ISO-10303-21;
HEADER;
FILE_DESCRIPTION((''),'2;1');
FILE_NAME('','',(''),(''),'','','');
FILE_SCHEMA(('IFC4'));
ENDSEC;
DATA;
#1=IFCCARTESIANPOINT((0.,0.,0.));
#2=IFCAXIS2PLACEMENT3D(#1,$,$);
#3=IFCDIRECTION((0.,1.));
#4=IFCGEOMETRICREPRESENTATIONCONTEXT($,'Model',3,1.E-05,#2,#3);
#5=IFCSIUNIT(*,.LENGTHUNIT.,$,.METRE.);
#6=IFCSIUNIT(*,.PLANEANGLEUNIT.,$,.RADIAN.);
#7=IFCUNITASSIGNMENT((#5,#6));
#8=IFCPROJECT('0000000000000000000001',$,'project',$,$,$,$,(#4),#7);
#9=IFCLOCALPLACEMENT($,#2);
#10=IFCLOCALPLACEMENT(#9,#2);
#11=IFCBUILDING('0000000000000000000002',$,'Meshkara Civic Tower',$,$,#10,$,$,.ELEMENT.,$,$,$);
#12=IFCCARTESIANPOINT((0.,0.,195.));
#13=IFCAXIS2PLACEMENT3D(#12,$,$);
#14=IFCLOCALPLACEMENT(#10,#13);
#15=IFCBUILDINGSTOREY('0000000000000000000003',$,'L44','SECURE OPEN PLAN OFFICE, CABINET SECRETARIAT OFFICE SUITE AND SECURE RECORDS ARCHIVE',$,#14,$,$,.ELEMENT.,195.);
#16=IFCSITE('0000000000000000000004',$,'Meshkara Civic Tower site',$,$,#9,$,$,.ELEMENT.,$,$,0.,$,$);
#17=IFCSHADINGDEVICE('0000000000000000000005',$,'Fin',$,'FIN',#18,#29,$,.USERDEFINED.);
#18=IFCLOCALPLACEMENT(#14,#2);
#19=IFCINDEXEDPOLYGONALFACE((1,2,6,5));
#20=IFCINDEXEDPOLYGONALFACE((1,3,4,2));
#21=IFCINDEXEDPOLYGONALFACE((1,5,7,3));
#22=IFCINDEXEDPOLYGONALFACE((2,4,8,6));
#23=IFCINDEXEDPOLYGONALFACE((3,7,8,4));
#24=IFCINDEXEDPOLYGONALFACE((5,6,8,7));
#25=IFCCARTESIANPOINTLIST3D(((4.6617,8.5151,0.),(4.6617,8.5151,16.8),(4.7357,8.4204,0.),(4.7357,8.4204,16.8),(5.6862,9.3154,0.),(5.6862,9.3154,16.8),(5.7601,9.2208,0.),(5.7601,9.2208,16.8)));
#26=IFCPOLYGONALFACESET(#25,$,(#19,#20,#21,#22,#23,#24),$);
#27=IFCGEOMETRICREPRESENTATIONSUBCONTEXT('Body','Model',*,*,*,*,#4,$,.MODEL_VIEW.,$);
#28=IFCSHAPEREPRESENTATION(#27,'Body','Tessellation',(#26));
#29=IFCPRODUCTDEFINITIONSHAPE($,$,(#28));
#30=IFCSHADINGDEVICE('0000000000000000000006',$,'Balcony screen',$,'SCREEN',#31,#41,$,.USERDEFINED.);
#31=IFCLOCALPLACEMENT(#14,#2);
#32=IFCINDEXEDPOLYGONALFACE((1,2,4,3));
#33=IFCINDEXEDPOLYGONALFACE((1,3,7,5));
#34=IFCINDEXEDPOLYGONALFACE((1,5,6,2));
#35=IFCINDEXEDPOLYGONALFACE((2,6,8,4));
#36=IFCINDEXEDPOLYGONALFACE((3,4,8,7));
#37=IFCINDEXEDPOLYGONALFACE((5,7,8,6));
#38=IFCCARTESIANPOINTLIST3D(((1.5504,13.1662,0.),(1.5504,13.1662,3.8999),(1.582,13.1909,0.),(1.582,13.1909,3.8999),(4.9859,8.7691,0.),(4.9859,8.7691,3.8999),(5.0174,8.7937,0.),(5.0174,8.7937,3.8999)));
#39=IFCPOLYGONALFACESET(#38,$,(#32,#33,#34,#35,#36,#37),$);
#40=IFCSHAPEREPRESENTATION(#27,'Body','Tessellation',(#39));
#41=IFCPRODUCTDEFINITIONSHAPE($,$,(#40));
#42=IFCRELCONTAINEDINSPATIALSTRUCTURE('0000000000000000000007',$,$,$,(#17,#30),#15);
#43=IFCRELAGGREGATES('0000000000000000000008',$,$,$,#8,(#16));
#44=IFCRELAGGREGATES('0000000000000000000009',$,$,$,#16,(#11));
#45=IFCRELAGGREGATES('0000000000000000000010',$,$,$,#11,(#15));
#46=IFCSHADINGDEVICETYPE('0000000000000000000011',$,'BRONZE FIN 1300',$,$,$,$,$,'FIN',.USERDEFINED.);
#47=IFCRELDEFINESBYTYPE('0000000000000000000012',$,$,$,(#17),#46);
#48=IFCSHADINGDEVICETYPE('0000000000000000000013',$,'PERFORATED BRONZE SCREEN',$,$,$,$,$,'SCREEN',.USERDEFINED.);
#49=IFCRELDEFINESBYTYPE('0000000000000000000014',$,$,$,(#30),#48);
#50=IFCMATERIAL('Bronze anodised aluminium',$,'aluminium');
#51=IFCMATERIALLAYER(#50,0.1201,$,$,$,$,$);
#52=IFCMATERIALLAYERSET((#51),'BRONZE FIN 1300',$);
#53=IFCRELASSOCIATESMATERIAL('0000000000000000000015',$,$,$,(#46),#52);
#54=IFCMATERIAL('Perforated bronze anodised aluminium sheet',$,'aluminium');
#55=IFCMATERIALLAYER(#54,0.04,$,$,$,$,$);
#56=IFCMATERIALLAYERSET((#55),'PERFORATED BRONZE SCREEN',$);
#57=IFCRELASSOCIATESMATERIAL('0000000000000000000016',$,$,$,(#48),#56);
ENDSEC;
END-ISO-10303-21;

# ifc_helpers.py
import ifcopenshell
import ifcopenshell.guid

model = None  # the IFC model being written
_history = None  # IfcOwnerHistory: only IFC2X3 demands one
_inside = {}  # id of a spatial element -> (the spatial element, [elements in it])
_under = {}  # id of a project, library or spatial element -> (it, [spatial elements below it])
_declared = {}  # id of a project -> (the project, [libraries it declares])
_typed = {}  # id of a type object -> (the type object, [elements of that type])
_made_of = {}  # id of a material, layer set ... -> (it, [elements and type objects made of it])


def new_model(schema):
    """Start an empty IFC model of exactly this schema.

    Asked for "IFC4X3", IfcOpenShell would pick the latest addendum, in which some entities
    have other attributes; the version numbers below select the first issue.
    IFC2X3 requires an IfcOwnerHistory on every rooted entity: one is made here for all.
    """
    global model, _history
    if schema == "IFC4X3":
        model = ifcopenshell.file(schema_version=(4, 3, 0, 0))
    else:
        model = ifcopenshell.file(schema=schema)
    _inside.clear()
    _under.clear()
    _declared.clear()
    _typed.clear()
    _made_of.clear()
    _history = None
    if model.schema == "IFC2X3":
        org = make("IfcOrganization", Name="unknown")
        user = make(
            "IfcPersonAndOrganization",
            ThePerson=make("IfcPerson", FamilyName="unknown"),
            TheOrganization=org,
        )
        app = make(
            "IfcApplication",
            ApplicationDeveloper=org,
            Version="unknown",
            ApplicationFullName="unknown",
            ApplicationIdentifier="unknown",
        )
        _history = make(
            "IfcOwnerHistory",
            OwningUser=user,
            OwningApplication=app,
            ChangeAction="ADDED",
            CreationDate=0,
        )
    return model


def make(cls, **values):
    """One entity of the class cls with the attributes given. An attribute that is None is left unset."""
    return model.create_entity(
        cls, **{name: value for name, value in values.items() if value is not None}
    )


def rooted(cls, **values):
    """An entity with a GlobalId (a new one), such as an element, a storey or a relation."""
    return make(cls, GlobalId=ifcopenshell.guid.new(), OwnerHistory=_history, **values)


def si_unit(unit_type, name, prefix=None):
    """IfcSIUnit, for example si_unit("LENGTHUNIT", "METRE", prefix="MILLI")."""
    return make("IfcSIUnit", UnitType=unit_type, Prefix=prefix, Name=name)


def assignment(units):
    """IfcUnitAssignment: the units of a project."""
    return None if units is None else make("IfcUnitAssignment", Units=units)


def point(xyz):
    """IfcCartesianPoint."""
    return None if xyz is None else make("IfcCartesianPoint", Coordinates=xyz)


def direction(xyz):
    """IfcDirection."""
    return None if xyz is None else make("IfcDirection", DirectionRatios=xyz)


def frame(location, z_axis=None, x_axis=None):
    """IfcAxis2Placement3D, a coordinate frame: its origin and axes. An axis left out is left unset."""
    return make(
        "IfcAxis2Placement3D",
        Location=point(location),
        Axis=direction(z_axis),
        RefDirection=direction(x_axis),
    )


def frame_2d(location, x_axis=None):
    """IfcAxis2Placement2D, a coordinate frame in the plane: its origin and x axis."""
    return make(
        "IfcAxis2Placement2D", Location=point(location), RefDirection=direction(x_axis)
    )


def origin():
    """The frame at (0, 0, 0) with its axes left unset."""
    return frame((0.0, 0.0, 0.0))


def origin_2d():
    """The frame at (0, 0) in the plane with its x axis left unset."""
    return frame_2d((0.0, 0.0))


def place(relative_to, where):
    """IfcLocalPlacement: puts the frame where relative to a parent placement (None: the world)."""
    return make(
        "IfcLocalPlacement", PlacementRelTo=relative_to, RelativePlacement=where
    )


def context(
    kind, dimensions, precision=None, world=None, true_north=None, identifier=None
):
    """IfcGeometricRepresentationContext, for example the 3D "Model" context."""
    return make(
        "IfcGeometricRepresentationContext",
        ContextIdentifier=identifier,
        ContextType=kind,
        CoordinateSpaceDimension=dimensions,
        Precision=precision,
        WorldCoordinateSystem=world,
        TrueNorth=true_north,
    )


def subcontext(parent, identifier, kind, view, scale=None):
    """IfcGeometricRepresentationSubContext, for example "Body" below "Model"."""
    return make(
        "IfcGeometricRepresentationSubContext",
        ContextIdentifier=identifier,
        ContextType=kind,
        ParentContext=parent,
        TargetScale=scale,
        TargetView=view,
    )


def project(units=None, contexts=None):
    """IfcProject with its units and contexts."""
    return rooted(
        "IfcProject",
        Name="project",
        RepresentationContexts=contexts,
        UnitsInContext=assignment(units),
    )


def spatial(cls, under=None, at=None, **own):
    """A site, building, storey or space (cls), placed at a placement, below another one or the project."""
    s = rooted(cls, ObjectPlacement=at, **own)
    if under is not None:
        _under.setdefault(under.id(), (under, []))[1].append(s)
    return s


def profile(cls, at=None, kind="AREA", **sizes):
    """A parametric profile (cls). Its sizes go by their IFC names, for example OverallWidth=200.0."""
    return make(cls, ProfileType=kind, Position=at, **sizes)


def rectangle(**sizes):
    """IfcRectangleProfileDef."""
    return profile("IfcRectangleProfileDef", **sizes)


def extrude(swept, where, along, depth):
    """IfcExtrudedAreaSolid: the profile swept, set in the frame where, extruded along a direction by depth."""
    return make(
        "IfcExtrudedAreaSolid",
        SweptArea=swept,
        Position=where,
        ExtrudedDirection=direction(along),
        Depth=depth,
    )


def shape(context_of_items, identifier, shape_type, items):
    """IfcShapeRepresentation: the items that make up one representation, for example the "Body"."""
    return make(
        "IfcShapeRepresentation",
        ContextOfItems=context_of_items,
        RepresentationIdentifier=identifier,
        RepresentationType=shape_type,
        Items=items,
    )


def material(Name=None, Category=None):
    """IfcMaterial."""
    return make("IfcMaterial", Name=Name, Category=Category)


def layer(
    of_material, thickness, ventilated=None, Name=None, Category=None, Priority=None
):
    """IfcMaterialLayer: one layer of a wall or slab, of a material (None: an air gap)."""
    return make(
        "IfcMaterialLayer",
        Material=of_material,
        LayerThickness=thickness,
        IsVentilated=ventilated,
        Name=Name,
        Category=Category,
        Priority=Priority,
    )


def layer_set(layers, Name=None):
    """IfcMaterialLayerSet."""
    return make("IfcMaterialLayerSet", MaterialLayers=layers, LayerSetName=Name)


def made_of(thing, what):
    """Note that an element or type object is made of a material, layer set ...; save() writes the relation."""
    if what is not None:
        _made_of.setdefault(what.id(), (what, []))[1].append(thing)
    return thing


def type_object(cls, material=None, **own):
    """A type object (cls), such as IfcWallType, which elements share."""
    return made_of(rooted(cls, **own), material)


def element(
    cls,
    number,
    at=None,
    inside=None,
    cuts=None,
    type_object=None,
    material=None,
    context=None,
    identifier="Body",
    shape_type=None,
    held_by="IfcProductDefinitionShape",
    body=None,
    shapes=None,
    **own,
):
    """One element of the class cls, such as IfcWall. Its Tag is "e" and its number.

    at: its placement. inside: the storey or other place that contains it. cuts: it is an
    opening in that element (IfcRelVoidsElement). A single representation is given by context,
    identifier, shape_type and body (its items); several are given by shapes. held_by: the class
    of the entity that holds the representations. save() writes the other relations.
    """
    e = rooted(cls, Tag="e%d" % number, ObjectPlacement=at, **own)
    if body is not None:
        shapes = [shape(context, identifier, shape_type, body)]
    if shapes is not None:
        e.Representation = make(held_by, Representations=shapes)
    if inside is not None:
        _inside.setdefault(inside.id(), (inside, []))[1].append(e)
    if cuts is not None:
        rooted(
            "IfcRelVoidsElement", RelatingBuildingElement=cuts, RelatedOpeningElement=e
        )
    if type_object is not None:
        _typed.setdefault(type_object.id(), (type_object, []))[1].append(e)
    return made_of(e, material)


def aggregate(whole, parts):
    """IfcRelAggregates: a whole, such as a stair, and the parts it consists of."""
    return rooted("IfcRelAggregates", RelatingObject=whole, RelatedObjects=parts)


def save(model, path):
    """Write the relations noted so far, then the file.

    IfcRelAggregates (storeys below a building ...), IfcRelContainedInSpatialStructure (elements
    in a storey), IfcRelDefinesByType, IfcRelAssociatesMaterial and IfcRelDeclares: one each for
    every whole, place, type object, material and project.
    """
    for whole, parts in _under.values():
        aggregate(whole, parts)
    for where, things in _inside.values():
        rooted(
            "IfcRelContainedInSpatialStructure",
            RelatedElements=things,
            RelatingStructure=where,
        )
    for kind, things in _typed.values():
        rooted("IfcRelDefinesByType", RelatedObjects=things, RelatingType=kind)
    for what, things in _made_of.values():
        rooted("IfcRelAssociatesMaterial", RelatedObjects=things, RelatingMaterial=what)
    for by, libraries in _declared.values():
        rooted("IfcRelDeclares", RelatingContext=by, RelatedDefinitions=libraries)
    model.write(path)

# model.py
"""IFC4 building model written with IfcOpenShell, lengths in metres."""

from ifc_helpers import new_model, si_unit, direction, frame, origin, origin_2d, place, context, subcontext, project, spatial, rectangle, extrude, material, layer, layer_set, type_object, element, save


model = new_model("IFC4")

# Units and contexts
model_context = context("Model", 3, precision=1e-05, world=origin(), true_north=direction((0.0, 1.0)))
body_context = subcontext(model_context, "Body", "Model", "MODEL_VIEW")
ifc_project = project(units=[si_unit("LENGTHUNIT", "METRE"), si_unit("PLANEANGLEUNIT", "RADIAN")], contexts=[model_context])

# Site, building, storey
site_placement = place(None, origin())
site = spatial("IfcSite", under=ifc_project, at=site_placement, Name="Meshkara Civic Tower site", CompositionType="ELEMENT", RefElevation=0.0)
building_placement = place(site_placement, origin())
building = spatial("IfcBuilding", under=site, at=building_placement, Name="Meshkara Civic Tower", CompositionType="ELEMENT")
storey_placement = place(building_placement, frame((0.0, 0.0, 195.0)))
storey = spatial("IfcBuildingStorey", under=building, at=storey_placement, Name="L44", Description="SECURE OPEN PLAN OFFICE, CABINET SECRETARIAT OFFICE SUITE AND SECURE RECORDS ARCHIVE", CompositionType="ELEMENT", Elevation=195.0)

# Shading devices
ifc_material_1 = material(Name="Bronze anodised aluminium", Category="aluminium")
ifc_layer_1 = layer(ifc_material_1, 0.1201)
ifc_layer_set_1 = layer_set([ifc_layer_1], Name="BRONZE FIN 1300")
shading_device_type_1 = type_object("IfcShadingDeviceType", Name="BRONZE FIN 1300", ElementType="FIN", PredefinedType="USERDEFINED", material=ifc_layer_set_1)
shading_device_1_placement = place(storey_placement, frame((5.2109, 8.8679, 0.0), z_axis=(0.0, 0.0, 1.0), x_axis=(0.615661, -0.788011, 0.0)))
element("IfcShadingDevice", 1, at=shading_device_1_placement, inside=storey, type_object=shading_device_type_1, Name="Fin", ObjectType="FIN", PredefinedType="USERDEFINED", context=body_context, shape_type="SweptSolid", body=[
    extrude(rectangle(XDim=0.1201, YDim=1.3, at=origin_2d()), origin(), (0.0, 0.0, 1.0), 16.8),
])
ifc_material_2 = material(Name="Perforated bronze anodised aluminium sheet", Category="aluminium")
ifc_layer_2 = layer(ifc_material_2, 0.04)
ifc_layer_set_2 = layer_set([ifc_layer_2], Name="PERFORATED BRONZE SCREEN")
shading_device_type_2 = type_object("IfcShadingDeviceType", Name="PERFORATED BRONZE SCREEN", ElementType="SCREEN", PredefinedType="USERDEFINED", material=ifc_layer_set_2)
shading_device_2_placement = place(storey_placement, frame((3.2839, 10.98, 0.0), z_axis=(0.0, 0.0, 1.0), x_axis=(0.615661, -0.788011, 0.0)))
element("IfcShadingDevice", 2, at=shading_device_2_placement, inside=storey, type_object=shading_device_type_2, Name="Balcony screen", ObjectType="SCREEN", PredefinedType="USERDEFINED", context=body_context, shape_type="SweptSolid", body=[
    extrude(rectangle(XDim=5.5801, YDim=0.04, at=origin_2d()), origin(), (0.0, 0.0, 1.0), 3.8999),
])

save(model, "model.ifc")
